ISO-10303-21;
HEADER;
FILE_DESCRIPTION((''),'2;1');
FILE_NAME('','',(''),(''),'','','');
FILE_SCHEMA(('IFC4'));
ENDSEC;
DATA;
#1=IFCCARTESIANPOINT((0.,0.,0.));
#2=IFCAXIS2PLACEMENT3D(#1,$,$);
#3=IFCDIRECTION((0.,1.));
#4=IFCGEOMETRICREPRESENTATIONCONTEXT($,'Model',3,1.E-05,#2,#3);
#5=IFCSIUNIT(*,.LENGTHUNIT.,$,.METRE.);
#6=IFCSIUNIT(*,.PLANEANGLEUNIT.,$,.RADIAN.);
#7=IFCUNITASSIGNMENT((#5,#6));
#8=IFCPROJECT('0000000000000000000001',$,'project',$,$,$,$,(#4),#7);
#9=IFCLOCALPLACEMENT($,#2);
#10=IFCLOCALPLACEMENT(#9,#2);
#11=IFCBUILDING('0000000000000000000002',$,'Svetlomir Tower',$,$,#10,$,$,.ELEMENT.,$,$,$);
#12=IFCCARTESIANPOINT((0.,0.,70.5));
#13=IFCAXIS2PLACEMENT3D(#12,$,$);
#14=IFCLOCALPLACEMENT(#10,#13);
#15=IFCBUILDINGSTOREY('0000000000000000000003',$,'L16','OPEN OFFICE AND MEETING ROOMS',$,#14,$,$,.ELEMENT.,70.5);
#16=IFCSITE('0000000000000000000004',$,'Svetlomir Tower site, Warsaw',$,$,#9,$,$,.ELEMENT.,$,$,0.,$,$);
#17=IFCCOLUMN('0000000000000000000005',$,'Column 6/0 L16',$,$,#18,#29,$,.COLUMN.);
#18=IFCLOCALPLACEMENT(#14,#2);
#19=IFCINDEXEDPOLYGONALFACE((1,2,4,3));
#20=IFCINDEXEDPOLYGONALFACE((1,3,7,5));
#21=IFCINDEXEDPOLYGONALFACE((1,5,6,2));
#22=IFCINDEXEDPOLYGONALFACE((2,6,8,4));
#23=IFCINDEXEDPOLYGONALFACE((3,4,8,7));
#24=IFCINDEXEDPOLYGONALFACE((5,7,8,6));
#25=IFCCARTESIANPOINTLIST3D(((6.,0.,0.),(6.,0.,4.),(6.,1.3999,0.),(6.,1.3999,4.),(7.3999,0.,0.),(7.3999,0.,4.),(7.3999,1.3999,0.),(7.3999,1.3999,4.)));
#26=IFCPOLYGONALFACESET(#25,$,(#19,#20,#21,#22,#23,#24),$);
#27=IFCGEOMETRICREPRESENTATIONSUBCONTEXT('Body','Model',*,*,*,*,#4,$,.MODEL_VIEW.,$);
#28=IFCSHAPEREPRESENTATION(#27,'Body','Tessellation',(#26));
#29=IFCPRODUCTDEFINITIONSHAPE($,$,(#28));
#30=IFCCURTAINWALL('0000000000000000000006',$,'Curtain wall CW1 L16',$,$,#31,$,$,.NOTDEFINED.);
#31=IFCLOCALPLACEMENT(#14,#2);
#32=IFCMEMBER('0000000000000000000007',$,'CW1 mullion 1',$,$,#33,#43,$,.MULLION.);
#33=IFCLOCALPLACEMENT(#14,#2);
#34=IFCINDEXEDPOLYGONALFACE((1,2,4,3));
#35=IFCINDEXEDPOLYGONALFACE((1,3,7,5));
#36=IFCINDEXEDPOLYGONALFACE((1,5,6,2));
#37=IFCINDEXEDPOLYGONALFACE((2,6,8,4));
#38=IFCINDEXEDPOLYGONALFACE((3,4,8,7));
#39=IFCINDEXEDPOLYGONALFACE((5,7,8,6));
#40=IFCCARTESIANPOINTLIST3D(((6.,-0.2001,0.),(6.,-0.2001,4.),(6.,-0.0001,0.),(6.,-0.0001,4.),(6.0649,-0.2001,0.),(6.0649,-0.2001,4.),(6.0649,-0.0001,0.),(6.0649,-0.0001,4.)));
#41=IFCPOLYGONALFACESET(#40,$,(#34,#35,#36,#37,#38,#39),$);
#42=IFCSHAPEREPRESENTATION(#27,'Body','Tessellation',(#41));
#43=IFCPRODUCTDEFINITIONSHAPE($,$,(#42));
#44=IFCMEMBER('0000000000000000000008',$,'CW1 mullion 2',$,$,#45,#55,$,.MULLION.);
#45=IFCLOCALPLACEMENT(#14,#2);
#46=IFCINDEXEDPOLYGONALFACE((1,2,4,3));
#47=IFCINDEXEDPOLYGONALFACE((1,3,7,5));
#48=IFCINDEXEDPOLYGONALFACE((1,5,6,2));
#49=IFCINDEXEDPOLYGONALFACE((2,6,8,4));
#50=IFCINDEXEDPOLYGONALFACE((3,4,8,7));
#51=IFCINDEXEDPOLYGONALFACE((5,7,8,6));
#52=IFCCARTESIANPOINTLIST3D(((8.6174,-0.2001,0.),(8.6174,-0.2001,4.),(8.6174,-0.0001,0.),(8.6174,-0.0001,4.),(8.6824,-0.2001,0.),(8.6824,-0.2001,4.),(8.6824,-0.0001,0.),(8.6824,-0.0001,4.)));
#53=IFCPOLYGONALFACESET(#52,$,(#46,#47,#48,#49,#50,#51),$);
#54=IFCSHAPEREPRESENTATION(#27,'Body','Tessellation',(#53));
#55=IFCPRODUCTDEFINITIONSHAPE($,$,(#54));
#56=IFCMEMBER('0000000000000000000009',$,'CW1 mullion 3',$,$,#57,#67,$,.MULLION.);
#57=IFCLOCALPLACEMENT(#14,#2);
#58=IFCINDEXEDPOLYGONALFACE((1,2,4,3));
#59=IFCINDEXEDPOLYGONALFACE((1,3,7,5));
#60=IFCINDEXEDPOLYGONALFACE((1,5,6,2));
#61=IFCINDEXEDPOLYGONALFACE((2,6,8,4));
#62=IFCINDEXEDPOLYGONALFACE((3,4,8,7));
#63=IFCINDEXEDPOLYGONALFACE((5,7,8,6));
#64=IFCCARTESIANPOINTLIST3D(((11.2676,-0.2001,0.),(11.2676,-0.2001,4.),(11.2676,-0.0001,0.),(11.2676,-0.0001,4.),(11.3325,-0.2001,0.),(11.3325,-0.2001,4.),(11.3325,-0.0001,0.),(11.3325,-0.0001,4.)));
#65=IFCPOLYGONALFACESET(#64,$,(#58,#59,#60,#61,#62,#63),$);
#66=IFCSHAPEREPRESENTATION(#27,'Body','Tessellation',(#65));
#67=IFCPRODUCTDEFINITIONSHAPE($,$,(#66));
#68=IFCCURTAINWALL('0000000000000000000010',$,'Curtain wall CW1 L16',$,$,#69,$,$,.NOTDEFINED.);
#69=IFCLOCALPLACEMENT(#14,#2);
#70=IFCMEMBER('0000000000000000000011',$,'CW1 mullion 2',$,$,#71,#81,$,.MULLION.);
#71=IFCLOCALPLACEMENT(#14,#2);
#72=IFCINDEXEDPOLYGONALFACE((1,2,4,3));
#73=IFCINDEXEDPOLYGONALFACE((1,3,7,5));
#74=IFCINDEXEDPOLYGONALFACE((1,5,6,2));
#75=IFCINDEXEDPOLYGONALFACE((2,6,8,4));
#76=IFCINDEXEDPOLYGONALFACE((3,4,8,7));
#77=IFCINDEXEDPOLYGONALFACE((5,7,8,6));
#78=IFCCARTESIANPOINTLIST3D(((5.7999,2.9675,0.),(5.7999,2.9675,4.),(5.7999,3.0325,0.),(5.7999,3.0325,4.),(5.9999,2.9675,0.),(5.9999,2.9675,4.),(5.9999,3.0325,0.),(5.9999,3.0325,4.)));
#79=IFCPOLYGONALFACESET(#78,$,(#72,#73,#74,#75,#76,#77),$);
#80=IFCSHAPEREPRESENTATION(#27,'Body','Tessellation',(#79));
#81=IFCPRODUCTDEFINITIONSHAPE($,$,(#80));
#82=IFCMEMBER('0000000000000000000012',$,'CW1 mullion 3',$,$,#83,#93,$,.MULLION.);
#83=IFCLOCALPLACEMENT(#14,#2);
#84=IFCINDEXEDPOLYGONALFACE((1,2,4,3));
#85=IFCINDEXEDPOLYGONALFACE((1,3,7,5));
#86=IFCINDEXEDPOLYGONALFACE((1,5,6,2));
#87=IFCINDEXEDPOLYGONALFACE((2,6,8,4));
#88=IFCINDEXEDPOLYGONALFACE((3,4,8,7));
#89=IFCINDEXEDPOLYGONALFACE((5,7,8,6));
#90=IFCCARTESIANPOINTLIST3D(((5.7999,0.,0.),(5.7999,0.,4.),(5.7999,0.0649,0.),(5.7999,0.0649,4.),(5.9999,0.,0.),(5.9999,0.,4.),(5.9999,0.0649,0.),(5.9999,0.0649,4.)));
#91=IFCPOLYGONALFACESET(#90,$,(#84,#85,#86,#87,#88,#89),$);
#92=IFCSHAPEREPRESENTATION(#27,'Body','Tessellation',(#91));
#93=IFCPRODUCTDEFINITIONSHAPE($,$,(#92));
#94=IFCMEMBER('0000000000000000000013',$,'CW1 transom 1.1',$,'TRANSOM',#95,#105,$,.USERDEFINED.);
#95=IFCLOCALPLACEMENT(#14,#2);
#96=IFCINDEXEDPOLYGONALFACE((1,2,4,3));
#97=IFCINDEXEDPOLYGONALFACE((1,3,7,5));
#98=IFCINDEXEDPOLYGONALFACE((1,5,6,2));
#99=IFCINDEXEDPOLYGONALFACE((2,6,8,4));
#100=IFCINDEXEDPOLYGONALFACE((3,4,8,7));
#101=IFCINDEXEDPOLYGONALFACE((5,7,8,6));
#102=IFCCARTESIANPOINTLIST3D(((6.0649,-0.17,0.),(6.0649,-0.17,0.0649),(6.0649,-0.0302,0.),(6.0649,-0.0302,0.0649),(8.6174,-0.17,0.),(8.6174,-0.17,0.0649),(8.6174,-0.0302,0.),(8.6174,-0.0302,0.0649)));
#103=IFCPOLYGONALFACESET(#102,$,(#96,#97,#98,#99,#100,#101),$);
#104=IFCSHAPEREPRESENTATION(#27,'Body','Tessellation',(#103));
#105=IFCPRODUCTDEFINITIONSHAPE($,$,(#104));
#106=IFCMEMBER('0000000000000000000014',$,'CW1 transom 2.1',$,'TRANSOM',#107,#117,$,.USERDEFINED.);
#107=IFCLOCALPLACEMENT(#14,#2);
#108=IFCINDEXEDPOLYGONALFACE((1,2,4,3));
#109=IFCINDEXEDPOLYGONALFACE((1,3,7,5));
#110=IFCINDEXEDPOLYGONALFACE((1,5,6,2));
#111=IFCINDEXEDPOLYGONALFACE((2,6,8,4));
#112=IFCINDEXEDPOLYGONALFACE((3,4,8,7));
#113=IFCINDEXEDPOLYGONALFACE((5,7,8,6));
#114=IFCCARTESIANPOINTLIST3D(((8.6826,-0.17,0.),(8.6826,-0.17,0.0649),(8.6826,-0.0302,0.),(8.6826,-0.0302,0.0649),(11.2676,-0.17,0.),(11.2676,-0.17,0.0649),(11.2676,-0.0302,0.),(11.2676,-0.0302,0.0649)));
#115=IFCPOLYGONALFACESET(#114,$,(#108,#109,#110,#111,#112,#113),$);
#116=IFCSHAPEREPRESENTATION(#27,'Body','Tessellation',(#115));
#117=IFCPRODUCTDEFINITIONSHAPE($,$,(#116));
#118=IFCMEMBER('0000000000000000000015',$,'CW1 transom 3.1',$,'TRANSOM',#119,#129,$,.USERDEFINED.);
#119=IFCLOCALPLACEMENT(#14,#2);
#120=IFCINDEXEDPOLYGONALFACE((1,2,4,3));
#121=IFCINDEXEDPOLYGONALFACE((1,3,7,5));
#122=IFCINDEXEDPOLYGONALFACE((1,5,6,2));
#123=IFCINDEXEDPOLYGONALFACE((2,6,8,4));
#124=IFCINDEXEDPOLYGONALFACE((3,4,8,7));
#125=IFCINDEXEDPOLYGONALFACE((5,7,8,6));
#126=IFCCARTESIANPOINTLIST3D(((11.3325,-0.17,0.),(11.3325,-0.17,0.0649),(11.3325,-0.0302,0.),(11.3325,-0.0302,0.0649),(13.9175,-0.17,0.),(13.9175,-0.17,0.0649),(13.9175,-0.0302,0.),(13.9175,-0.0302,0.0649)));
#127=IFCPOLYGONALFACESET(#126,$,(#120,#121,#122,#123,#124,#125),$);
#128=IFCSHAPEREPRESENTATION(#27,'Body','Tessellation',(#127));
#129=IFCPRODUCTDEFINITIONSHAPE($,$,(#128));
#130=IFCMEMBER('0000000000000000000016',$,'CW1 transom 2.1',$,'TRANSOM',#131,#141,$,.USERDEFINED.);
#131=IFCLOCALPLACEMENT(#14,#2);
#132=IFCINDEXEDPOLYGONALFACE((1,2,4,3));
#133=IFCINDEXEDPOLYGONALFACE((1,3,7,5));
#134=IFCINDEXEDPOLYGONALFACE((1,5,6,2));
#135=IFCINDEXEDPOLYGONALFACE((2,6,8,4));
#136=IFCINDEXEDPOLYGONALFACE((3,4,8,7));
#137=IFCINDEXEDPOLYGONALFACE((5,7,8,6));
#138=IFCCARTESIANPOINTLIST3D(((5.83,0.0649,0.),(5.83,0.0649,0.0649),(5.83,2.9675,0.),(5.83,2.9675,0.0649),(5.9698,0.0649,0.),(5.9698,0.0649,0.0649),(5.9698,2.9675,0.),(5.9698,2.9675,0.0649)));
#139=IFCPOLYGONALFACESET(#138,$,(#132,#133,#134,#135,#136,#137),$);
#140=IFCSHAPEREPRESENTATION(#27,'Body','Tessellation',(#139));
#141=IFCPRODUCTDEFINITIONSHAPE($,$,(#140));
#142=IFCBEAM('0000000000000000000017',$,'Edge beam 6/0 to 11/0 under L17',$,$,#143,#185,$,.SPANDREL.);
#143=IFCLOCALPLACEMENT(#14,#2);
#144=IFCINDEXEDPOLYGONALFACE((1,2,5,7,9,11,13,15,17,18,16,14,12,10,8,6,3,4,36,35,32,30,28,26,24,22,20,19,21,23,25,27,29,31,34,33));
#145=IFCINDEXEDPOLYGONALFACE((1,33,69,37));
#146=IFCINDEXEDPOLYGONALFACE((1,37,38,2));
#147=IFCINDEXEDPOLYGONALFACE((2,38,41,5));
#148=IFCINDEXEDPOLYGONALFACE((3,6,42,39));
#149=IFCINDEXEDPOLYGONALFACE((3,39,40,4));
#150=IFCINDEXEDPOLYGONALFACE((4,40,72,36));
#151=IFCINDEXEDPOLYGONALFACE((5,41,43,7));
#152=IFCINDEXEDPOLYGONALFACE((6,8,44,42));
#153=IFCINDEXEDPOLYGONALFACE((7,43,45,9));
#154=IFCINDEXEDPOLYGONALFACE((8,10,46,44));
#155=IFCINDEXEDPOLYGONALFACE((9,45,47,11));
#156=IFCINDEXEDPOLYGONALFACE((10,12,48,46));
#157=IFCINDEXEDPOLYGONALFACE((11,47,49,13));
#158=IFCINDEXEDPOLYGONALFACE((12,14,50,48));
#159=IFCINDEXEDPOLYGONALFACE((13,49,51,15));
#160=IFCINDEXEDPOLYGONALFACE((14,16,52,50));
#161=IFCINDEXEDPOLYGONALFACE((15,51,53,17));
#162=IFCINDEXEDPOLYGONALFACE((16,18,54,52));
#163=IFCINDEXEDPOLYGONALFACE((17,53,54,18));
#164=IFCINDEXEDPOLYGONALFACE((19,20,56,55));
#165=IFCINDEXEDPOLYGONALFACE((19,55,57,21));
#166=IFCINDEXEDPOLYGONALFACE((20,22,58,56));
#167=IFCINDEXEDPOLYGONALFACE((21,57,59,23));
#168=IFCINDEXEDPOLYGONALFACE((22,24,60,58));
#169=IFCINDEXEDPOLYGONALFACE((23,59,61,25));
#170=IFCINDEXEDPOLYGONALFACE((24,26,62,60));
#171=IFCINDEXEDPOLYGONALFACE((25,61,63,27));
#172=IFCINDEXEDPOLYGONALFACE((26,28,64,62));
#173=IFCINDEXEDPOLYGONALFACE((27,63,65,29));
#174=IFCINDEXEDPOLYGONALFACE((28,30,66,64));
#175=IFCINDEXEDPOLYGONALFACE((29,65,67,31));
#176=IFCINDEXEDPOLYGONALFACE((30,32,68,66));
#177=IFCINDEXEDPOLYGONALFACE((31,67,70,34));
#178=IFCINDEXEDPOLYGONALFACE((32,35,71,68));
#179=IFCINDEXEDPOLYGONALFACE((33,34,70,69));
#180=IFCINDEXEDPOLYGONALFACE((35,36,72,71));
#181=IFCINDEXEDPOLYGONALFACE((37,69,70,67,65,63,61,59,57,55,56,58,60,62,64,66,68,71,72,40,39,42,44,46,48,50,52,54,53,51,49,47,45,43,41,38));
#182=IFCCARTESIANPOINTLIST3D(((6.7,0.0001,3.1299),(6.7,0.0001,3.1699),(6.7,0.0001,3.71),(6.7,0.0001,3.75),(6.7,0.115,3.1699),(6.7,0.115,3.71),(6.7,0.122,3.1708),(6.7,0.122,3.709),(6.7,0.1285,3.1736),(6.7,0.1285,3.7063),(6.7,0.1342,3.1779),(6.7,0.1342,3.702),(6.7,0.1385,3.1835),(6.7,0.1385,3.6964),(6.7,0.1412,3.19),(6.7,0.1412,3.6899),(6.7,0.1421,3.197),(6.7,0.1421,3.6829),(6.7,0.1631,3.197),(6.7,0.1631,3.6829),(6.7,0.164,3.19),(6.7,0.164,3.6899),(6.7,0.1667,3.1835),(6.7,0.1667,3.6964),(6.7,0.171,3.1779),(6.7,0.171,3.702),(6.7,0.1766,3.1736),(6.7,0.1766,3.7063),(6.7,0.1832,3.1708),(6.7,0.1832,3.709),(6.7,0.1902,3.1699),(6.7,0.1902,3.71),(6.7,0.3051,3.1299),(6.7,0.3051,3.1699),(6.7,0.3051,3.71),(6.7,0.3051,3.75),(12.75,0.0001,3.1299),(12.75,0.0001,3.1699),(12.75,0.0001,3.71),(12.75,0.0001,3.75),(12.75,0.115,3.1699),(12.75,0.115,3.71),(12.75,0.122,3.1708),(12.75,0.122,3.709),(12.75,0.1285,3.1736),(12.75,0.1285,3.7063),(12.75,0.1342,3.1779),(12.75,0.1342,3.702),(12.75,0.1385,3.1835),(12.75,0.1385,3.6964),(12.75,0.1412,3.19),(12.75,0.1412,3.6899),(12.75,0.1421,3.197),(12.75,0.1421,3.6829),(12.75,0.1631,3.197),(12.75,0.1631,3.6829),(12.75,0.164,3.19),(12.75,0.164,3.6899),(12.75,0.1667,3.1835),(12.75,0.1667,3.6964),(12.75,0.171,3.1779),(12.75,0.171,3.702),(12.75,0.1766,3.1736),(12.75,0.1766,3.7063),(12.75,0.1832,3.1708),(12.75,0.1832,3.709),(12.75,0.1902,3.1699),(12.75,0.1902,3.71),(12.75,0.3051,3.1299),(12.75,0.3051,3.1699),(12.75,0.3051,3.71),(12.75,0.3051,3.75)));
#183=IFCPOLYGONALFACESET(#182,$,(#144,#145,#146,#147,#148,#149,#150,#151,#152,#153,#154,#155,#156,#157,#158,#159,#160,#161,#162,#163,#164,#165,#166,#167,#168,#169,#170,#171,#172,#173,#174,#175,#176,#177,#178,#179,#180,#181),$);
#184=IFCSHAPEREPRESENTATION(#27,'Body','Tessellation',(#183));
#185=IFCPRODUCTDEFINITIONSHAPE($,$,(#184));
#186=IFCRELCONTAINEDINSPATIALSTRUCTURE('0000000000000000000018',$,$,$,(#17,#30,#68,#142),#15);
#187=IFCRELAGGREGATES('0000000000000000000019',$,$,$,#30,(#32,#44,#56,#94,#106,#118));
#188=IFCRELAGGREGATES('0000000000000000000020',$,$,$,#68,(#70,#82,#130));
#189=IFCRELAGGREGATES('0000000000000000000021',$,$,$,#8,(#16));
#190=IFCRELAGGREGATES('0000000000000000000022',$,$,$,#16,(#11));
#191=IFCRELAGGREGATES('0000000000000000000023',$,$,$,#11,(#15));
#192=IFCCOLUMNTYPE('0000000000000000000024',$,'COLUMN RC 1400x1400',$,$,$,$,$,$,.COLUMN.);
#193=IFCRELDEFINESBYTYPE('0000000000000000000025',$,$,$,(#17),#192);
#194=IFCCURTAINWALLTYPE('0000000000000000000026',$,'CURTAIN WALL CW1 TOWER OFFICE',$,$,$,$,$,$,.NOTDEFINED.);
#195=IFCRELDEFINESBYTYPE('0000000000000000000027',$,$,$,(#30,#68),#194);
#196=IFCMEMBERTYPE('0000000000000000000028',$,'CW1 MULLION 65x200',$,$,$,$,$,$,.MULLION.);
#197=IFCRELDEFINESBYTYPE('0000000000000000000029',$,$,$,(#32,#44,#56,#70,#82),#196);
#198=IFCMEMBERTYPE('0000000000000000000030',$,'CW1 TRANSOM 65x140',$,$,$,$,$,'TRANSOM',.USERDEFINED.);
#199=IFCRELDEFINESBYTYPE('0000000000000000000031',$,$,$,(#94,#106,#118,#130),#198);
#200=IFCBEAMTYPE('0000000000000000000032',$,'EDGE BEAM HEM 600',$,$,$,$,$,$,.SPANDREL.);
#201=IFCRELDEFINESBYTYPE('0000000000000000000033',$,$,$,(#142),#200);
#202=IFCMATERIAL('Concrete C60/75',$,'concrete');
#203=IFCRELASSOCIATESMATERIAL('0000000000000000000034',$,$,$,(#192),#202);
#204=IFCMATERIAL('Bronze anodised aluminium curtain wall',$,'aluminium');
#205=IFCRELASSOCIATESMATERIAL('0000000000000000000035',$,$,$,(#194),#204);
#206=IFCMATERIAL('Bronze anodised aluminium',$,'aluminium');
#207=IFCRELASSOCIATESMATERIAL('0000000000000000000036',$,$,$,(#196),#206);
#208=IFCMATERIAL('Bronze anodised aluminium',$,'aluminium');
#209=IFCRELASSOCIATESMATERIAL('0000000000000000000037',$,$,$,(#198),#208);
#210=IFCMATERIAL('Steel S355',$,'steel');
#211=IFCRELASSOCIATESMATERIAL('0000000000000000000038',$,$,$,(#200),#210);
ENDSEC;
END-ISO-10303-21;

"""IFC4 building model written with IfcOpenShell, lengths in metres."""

from ifc_helpers import new_model, si_unit, direction, frame, origin, origin_2d, place, context, subcontext, project, spatial, rectangle, i_section, extrude, material, material_profile, profile_set, type_object, element, aggregate, save


model = new_model("IFC4")

# Units and contexts
model_context = context("Model", 3, precision=1e-05, world=origin(), true_north=direction((0.0, 1.0)))
body_context = subcontext(model_context, "Body", "Model", "MODEL_VIEW")
ifc_project = project(units=[si_unit("LENGTHUNIT", "METRE"), si_unit("PLANEANGLEUNIT", "RADIAN")], contexts=[model_context])

# Site, building, storey
site_placement = place(None, origin())
site = spatial("IfcSite", under=ifc_project, at=site_placement, Name="Svetlomir Tower site, Warsaw", CompositionType="ELEMENT", RefElevation=0.0)
building_placement = place(site_placement, origin())
building = spatial("IfcBuilding", under=site, at=building_placement, Name="Svetlomir Tower", CompositionType="ELEMENT")
storey_placement = place(building_placement, frame((0.0, 0.0, 70.5)))
storey = spatial("IfcBuildingStorey", under=building, at=storey_placement, Name="L16", Description="OPEN OFFICE AND MEETING ROOMS", CompositionType="ELEMENT", Elevation=70.5)

# Column
ifc_material_1 = material(Name="Concrete C60/75", Category="concrete")
ifc_material_profile_1 = material_profile(ifc_material_1, rectangle(XDim=1.3999, YDim=1.3999, at=origin_2d()), Name="RC 1400x1400")
ifc_profile_set_1 = profile_set([ifc_material_profile_1], Name="Concrete C60/75")
column_type = type_object("IfcColumnType", Name="COLUMN RC 1400x1400", PredefinedType="COLUMN", material=ifc_profile_set_1)
column_placement = place(storey_placement, frame((6.7, 0.7, 0.0), z_axis=(0.0, 0.0, 1.0), x_axis=(1.0, 0.0, 0.0)))
element("IfcColumn", 1, at=column_placement, inside=storey, type_object=column_type, Name="Column 6/0 L16", PredefinedType="COLUMN", context=body_context, shape_type="SweptSolid", body=[
    extrude(rectangle(XDim=1.3999, YDim=1.3999, at=origin_2d()), origin(), (0.0, 0.0, 1.0), 4.0),
])

# Curtain walls, members
ifc_material_2 = material(Name="Bronze anodised aluminium curtain wall", Category="aluminium")
curtain_wall_type = type_object("IfcCurtainWallType", Name="CURTAIN WALL CW1 TOWER OFFICE", PredefinedType="NOTDEFINED", material=ifc_material_2)
curtain_wall_1_placement = place(storey_placement, origin())
curtain_wall_1 = element("IfcCurtainWall", 2, at=curtain_wall_1_placement, inside=storey, type_object=curtain_wall_type, Name="Curtain wall CW1 L16", PredefinedType="NOTDEFINED")
ifc_material_3 = material(Name="Bronze anodised aluminium", Category="aluminium")
ifc_material_profile_2 = material_profile(ifc_material_3, rectangle(XDim=0.0649, YDim=0.2, at=origin_2d()), Name="AL 65x200")
ifc_profile_set_2 = profile_set([ifc_material_profile_2], Name="Bronze anodised aluminium 6063-T6")
member_type_1 = type_object("IfcMemberType", Name="CW1 MULLION 65x200", PredefinedType="MULLION", material=ifc_profile_set_2)
member_1_placement = place(storey_placement, frame((6.0325, -0.1001, 0.0), z_axis=(0.0, 0.0, 1.0), x_axis=(1.0, 0.0, 0.0)))
member_1 = element("IfcMember", 3, at=member_1_placement, type_object=member_type_1, Name="CW1 mullion 1", PredefinedType="MULLION", context=body_context, shape_type="SweptSolid", body=[
    extrude(rectangle(XDim=0.0649, YDim=0.2, at=origin_2d()), origin(), (0.0, 0.0, 1.0), 4.0),
])
member_2_placement = place(storey_placement, frame((8.6499, -0.1001, 0.0), z_axis=(0.0, 0.0, 1.0), x_axis=(1.0, 0.0, 0.0)))
member_2 = element("IfcMember", 4, at=member_2_placement, type_object=member_type_1, Name="CW1 mullion 2", PredefinedType="MULLION", context=body_context, shape_type="SweptSolid", body=[
    extrude(rectangle(XDim=0.0649, YDim=0.2, at=origin_2d()), origin(), (0.0, 0.0, 1.0), 4.0),
])
member_3_placement = place(storey_placement, frame((11.3, -0.1001, 0.0), z_axis=(0.0, 0.0, 1.0), x_axis=(1.0, 0.0, 0.0)))
member_3 = element("IfcMember", 5, at=member_3_placement, type_object=member_type_1, Name="CW1 mullion 3", PredefinedType="MULLION", context=body_context, shape_type="SweptSolid", body=[
    extrude(rectangle(XDim=0.0649, YDim=0.2, at=origin_2d()), origin(), (0.0, 0.0, 1.0), 4.0),
])
curtain_wall_2_placement = place(storey_placement, origin())
curtain_wall_2 = element("IfcCurtainWall", 6, at=curtain_wall_2_placement, inside=storey, type_object=curtain_wall_type, Name="Curtain wall CW1 L16", PredefinedType="NOTDEFINED")
member_4_placement = place(storey_placement, frame((5.8999, 3.0, 0.0), z_axis=(0.0, 0.0, 1.0), x_axis=(0.0, -1.0, 0.0)))
member_4 = element("IfcMember", 7, at=member_4_placement, type_object=member_type_1, Name="CW1 mullion 2", PredefinedType="MULLION", context=body_context, shape_type="SweptSolid", body=[
    extrude(rectangle(XDim=0.0649, YDim=0.2, at=origin_2d()), origin(), (0.0, 0.0, 1.0), 4.0),
])
member_5_placement = place(storey_placement, frame((5.8999, 0.0325, 0.0), z_axis=(0.0, 0.0, 1.0), x_axis=(0.0, -1.0, 0.0)))
member_5 = element("IfcMember", 8, at=member_5_placement, type_object=member_type_1, Name="CW1 mullion 3", PredefinedType="MULLION", context=body_context, shape_type="SweptSolid", body=[
    extrude(rectangle(XDim=0.0649, YDim=0.2, at=origin_2d()), origin(), (0.0, 0.0, 1.0), 4.0),
])

# Members
ifc_material_4 = material(Name="Bronze anodised aluminium", Category="aluminium")
ifc_material_profile_3 = material_profile(ifc_material_4, rectangle(XDim=0.1399, YDim=0.0649, at=origin_2d()), Name="AL 140x65")
ifc_profile_set_3 = profile_set([ifc_material_profile_3], Name="Bronze anodised aluminium 6063-T6")
member_type_2 = type_object("IfcMemberType", Name="CW1 TRANSOM 65x140", ElementType="TRANSOM", PredefinedType="USERDEFINED", material=ifc_profile_set_3)
member_6_placement = place(storey_placement, frame((6.0649, -0.1001, 0.0325), z_axis=(1.0, 0.0, 0.0), x_axis=(0.0, 1.0, 0.0)))
member_6 = element("IfcMember", 9, at=member_6_placement, type_object=member_type_2, Name="CW1 transom 1.1", ObjectType="TRANSOM", PredefinedType="USERDEFINED", context=body_context, shape_type="SweptSolid", body=[
    extrude(rectangle(XDim=0.1399, YDim=0.0649, at=origin_2d()), origin(), (0.0, 0.0, 1.0), 2.5525),
])
member_7_placement = place(storey_placement, frame((8.6826, -0.1001, 0.0325), z_axis=(1.0, 0.0, 0.0), x_axis=(0.0, 1.0, 0.0)))
member_7 = element("IfcMember", 10, at=member_7_placement, type_object=member_type_2, Name="CW1 transom 2.1", ObjectType="TRANSOM", PredefinedType="USERDEFINED", context=body_context, shape_type="SweptSolid", body=[
    extrude(rectangle(XDim=0.1399, YDim=0.0649, at=origin_2d()), origin(), (0.0, 0.0, 1.0), 2.585),
])
member_8_placement = place(storey_placement, frame((11.3325, -0.1001, 0.0325), z_axis=(1.0, 0.0, 0.0), x_axis=(0.0, 1.0, 0.0)))
member_8 = element("IfcMember", 11, at=member_8_placement, type_object=member_type_2, Name="CW1 transom 3.1", ObjectType="TRANSOM", PredefinedType="USERDEFINED", context=body_context, shape_type="SweptSolid", body=[
    extrude(rectangle(XDim=0.1399, YDim=0.0649, at=origin_2d()), origin(), (0.0, 0.0, 1.0), 2.585),
])
member_9_placement = place(storey_placement, frame((5.8999, 2.9675, 0.0325), z_axis=(0.0, -1.0, 0.0), x_axis=(1.0, 0.0, 0.0)))
member_9 = element("IfcMember", 12, at=member_9_placement, type_object=member_type_2, Name="CW1 transom 2.1", ObjectType="TRANSOM", PredefinedType="USERDEFINED", context=body_context, shape_type="SweptSolid", body=[
    extrude(rectangle(XDim=0.1399, YDim=0.0649, at=origin_2d()), origin(), (0.0, 0.0, 1.0), 2.9026),
])

# Beam
ifc_material_5 = material(Name="Steel S355", Category="steel")
ifc_material_profile_4 = material_profile(ifc_material_5, i_section(OverallWidth=0.3049, OverallDepth=0.6201, WebThickness=0.021, FlangeThickness=0.04, FilletRadius=0.0271, at=origin_2d()), Name="HEM 600")
ifc_profile_set_4 = profile_set([ifc_material_profile_4], Name="Steel S355")
beam_type = type_object("IfcBeamType", Name="EDGE BEAM HEM 600", PredefinedType="SPANDREL", material=ifc_profile_set_4)
beam_1_placement = place(storey_placement, frame((6.7, 0.1526, 3.4399), z_axis=(1.0, 0.0, 0.0), x_axis=(0.0, 1.0, 0.0)))
element("IfcBeam", 13, at=beam_1_placement, inside=storey, type_object=beam_type, Name="Edge beam 6/0 to 11/0 under L17", PredefinedType="SPANDREL", context=body_context, shape_type="SweptSolid", body=[
    extrude(i_section(OverallWidth=0.3049, OverallDepth=0.6201, WebThickness=0.021, FlangeThickness=0.04, FilletRadius=0.0271, at=origin_2d()), origin(), (0.0, 0.0, 1.0), 6.05),
])

aggregate(curtain_wall_1, [member_1, member_2, member_3, member_6, member_7, member_8])
aggregate(curtain_wall_2, [member_4, member_5, member_9])

save(model, "model.ifc")
